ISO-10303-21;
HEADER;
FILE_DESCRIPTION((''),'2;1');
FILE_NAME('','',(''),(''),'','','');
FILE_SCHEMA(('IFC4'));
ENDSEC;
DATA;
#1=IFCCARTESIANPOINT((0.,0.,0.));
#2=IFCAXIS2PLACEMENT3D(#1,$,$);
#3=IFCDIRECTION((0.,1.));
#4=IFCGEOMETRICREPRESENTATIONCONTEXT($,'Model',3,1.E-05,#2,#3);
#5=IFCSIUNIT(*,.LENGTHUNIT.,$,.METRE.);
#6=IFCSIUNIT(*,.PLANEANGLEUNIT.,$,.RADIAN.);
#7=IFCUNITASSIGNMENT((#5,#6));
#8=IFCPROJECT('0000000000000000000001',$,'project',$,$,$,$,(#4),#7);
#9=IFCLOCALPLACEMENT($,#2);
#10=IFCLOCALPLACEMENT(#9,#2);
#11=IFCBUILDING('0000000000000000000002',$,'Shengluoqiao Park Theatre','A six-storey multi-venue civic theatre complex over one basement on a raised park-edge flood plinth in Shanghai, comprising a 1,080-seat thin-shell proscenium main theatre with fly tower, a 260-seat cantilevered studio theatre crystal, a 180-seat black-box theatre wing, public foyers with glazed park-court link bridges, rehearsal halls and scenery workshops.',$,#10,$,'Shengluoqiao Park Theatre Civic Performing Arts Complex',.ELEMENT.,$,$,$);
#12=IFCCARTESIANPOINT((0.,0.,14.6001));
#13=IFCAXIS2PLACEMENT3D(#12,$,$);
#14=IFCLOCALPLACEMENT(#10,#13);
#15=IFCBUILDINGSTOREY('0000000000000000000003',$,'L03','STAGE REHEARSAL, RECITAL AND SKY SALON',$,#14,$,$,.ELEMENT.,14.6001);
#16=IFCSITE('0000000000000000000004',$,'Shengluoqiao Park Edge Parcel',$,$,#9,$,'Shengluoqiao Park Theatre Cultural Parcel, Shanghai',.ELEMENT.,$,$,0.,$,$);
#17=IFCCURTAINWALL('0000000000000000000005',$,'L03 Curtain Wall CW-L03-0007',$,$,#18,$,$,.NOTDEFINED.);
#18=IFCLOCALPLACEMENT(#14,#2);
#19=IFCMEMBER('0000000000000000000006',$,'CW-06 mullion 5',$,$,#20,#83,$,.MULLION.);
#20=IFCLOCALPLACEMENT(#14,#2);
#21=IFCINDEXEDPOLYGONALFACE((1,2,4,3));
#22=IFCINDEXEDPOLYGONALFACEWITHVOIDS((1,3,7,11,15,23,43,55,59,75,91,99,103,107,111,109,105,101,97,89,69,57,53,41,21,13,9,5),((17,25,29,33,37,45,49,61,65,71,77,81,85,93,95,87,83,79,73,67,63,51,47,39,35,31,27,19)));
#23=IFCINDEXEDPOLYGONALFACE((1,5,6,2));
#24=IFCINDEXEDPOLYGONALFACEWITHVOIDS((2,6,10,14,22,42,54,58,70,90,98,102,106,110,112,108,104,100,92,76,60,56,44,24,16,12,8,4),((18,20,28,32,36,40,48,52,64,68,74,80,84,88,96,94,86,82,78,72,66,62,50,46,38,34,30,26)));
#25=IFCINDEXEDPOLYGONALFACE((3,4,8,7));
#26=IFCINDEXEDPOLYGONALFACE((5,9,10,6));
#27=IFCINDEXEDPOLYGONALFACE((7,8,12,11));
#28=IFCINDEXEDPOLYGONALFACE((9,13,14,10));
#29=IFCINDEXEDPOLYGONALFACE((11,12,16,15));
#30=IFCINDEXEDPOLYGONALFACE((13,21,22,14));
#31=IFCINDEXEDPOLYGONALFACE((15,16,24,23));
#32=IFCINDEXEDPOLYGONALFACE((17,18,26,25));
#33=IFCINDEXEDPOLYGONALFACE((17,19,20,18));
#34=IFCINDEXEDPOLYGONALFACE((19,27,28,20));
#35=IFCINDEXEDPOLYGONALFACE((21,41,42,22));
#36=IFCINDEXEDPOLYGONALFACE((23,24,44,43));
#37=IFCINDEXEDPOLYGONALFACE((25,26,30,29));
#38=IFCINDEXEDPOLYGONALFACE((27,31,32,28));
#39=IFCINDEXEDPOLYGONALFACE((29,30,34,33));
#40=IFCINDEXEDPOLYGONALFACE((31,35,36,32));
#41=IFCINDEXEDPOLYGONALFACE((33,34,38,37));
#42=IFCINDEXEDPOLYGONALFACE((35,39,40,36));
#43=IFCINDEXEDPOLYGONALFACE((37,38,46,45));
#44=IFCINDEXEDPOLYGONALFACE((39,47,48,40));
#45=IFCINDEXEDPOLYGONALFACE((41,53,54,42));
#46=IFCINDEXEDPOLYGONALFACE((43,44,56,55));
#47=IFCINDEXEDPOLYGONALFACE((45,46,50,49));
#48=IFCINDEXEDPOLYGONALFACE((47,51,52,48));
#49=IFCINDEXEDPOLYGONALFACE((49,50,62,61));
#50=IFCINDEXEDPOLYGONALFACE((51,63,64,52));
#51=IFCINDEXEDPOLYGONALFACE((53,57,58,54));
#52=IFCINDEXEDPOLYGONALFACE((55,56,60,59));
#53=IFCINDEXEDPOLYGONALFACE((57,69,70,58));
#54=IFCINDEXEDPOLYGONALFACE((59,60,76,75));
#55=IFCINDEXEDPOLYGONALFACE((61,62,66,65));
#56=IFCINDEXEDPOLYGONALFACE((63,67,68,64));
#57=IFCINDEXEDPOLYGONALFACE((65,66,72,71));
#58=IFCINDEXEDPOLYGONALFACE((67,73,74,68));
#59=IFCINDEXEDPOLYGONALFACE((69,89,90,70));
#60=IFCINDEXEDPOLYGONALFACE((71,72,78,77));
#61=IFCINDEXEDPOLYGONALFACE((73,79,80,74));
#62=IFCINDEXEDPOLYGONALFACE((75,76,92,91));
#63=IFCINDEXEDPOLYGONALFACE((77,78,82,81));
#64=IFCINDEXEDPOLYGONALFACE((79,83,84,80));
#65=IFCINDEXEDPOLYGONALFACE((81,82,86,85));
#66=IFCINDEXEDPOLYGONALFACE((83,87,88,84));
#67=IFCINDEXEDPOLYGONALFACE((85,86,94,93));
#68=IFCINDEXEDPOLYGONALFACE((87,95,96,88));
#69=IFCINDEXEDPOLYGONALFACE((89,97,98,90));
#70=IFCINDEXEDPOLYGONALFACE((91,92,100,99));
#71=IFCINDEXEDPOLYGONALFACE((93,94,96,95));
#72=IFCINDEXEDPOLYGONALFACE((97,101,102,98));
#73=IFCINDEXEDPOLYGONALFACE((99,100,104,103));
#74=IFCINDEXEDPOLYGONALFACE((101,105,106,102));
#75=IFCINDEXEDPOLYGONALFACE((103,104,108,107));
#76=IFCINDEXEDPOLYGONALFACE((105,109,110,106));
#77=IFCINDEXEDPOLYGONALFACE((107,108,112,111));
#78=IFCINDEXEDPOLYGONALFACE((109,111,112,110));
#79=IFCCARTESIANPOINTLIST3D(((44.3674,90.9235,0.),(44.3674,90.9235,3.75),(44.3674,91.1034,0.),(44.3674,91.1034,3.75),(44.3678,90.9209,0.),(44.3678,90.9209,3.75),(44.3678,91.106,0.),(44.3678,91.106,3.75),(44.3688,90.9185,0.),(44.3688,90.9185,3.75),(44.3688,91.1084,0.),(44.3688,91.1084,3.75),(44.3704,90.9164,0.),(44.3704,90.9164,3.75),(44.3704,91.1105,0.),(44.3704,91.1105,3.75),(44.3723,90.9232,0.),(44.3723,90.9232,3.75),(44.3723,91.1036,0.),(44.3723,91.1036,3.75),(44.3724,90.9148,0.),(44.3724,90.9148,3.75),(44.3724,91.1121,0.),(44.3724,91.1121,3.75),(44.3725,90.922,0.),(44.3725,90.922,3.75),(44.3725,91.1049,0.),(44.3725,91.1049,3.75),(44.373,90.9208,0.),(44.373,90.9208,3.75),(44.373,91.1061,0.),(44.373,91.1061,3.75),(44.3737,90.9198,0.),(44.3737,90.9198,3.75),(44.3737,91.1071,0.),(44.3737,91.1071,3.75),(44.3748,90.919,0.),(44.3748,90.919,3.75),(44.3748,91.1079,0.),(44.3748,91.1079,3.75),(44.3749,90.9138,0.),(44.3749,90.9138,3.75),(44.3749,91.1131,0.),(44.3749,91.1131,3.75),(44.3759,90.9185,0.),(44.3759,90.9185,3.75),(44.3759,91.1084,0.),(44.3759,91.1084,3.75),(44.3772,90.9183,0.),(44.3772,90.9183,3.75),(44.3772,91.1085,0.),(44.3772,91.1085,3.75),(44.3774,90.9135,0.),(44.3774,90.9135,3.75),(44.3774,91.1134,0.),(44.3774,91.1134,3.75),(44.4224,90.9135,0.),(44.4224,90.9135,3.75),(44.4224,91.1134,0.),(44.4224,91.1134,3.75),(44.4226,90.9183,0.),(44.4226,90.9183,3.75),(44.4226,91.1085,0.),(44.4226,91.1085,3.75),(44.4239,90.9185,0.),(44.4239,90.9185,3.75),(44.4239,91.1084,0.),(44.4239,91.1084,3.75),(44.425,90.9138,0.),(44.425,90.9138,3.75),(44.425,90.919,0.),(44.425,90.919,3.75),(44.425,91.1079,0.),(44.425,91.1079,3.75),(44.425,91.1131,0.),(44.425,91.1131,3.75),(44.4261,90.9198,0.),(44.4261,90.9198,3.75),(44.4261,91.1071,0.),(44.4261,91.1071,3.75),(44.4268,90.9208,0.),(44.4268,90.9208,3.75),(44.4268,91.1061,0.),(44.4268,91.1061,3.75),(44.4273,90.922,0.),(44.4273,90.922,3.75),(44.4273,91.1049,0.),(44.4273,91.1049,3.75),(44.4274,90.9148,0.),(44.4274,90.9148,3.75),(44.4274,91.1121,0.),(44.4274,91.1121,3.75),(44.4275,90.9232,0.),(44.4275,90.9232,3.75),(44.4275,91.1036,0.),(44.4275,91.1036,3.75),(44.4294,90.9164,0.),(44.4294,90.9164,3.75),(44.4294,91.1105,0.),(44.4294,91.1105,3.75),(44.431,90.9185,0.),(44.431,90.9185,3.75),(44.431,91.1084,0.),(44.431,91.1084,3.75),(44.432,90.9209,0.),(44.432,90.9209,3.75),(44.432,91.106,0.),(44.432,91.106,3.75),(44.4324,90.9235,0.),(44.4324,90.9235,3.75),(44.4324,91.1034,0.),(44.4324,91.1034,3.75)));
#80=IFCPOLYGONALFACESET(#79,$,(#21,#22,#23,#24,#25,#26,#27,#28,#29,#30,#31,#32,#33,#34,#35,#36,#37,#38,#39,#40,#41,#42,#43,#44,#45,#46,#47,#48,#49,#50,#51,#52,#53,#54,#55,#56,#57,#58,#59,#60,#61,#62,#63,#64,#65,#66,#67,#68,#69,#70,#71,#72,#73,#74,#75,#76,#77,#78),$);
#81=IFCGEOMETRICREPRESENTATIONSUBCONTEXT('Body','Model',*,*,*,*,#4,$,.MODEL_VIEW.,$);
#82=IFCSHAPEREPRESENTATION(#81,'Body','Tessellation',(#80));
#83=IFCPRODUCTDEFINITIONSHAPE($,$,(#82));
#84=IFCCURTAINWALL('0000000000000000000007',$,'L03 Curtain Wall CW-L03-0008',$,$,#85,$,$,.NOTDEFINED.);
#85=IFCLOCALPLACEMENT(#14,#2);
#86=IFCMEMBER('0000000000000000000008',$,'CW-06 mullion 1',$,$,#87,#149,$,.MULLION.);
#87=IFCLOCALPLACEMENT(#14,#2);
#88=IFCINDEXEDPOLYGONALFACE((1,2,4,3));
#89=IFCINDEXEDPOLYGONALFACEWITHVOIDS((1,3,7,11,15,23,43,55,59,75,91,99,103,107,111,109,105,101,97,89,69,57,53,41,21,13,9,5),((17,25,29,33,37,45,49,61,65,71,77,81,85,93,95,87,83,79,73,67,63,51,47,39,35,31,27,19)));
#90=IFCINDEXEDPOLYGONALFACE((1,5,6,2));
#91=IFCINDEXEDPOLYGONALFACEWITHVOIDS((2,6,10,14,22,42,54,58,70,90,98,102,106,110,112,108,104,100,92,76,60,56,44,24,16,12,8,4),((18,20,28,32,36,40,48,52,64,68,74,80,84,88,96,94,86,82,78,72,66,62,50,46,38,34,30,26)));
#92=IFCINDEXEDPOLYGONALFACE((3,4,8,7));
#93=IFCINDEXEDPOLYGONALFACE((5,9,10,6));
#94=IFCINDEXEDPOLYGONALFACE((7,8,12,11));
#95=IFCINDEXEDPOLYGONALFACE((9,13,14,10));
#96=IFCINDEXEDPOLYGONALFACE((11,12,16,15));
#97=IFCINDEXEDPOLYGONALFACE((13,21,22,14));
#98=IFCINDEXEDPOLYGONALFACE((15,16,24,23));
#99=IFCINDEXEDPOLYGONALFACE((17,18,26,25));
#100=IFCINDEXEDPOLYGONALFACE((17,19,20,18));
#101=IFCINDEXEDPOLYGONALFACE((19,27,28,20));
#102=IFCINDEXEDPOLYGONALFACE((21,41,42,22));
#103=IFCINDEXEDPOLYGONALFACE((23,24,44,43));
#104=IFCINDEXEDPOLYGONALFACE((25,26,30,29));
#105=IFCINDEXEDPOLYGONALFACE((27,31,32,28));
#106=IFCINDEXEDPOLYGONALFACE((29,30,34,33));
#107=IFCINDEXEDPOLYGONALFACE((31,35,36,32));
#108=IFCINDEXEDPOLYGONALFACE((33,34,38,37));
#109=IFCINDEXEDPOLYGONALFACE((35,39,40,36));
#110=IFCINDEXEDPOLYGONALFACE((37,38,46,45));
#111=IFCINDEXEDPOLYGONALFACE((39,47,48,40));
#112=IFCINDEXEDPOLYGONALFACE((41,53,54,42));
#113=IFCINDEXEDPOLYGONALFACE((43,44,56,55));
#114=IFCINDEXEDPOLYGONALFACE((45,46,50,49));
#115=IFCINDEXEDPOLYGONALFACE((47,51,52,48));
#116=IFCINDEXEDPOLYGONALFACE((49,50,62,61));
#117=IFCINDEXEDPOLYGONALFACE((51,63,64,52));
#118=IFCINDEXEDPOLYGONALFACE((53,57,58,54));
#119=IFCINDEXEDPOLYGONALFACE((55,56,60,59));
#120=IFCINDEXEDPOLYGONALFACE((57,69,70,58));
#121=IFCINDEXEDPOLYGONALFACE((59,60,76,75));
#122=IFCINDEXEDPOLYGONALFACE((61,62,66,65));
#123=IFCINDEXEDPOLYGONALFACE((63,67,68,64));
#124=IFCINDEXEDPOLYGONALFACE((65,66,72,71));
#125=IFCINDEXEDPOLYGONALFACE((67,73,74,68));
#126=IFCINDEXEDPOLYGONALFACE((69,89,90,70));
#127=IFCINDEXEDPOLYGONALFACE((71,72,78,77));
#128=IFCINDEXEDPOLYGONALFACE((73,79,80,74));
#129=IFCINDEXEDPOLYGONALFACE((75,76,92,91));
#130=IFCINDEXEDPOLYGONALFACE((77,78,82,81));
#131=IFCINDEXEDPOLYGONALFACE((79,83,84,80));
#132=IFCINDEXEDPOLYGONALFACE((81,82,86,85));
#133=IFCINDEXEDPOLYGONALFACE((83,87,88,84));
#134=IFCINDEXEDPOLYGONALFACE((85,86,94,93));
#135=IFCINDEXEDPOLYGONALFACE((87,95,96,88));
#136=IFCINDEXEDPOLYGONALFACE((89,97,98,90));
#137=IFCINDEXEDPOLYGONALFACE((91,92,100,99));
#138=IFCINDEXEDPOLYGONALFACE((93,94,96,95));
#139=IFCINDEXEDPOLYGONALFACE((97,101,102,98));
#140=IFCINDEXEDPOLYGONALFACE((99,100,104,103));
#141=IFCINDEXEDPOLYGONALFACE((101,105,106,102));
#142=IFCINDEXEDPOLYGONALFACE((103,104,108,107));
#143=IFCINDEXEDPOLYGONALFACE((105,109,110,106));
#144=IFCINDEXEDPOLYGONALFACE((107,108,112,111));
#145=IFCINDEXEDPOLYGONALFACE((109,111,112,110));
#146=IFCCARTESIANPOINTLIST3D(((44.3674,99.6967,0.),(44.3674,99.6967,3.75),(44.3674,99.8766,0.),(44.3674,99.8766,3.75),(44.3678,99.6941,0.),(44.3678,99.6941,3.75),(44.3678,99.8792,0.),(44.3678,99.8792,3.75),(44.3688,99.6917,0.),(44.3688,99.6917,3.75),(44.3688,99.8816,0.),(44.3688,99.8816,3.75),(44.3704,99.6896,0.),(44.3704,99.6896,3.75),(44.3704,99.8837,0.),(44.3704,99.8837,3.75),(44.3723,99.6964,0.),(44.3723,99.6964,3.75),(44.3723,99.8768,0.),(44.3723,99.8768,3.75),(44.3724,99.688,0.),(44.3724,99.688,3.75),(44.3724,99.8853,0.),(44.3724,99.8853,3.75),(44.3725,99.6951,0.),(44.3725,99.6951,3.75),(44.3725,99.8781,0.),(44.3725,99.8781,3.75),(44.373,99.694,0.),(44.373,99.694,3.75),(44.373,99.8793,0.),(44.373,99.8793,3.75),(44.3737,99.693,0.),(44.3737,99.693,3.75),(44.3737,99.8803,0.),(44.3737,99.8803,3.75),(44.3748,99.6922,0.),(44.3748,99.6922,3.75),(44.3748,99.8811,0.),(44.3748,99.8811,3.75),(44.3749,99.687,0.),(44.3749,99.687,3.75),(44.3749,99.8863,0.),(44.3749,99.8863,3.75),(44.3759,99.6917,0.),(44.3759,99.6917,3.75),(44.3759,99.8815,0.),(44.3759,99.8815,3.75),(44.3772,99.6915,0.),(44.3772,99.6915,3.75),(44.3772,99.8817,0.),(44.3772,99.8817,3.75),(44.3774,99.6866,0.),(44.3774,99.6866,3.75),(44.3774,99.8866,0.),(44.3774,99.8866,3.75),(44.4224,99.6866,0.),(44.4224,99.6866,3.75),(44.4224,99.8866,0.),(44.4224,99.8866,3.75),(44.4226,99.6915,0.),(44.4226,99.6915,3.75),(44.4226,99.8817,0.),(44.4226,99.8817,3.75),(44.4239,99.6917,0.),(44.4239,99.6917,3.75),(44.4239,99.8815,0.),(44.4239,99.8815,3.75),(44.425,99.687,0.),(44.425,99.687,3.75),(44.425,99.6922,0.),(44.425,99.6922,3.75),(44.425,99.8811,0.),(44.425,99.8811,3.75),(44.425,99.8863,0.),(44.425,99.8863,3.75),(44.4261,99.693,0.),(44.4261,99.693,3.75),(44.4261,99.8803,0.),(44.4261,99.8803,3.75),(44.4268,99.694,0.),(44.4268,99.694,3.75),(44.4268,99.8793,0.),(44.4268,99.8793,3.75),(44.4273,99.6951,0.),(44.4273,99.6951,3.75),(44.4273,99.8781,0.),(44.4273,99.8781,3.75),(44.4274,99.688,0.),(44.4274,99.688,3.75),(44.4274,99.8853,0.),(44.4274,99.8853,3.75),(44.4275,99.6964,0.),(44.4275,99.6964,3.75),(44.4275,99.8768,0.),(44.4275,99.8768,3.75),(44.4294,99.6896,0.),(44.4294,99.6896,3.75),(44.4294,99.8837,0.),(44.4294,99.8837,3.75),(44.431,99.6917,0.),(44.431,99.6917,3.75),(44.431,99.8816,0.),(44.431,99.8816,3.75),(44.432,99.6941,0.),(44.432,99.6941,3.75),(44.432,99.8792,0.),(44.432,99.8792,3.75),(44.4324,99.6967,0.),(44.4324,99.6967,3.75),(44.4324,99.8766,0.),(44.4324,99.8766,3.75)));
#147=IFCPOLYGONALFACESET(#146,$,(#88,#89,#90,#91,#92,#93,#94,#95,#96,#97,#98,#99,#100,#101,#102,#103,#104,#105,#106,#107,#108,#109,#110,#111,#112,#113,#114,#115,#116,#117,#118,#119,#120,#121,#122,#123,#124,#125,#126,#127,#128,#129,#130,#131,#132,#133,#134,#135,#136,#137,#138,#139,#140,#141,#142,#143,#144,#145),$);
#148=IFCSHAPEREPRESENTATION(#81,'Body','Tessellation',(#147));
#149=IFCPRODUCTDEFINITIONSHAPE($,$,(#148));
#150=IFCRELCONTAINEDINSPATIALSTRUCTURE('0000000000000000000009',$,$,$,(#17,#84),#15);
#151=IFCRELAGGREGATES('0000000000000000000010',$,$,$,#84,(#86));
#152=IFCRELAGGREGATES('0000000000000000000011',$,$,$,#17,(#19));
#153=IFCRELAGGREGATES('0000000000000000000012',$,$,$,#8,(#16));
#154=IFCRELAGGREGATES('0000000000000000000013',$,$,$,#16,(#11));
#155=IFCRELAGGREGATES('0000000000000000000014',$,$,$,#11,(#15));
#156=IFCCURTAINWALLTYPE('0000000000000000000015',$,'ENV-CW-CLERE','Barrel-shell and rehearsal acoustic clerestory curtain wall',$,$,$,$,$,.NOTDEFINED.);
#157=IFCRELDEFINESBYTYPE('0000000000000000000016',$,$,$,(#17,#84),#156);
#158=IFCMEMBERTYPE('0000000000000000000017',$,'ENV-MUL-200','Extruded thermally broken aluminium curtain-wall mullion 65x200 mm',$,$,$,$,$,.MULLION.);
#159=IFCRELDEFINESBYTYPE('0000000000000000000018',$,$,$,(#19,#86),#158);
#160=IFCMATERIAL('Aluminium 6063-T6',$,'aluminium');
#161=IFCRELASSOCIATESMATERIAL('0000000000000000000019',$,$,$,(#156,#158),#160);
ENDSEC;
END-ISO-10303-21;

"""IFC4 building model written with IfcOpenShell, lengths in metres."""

from ifc_helpers import new_model, si_unit, direction, frame, origin, origin_2d, place, context, subcontext, project, spatial, hollow_rectangle, extrude, material, material_profile, profile_set, type_object, element, aggregate, save


model = new_model("IFC4")

# Units and contexts
model_context = context("Model", 3, precision=1e-05, world=origin(), true_north=direction((0.0, 1.0)))
body_context = subcontext(model_context, "Body", "Model", "MODEL_VIEW")
ifc_project = project(units=[si_unit("LENGTHUNIT", "METRE"), si_unit("PLANEANGLEUNIT", "RADIAN")], contexts=[model_context])

# Site, building, storey
site_placement = place(None, origin())
site = spatial("IfcSite", under=ifc_project, at=site_placement, Name="Shengluoqiao Park Edge Parcel", LongName="Shengluoqiao Park Theatre Cultural Parcel, Shanghai", CompositionType="ELEMENT", RefElevation=0.0)
building_placement = place(site_placement, origin())
building = spatial("IfcBuilding", under=site, at=building_placement, Name="Shengluoqiao Park Theatre", Description="A six-storey multi-venue civic theatre complex over one basement on a raised park-edge flood plinth in Shanghai, comprising a 1,080-seat thin-shell proscenium main theatre with fly tower, a 260-seat cantilevered studio theatre crystal, a 180-seat black-box theatre wing, public foyers with glazed park-court link bridges, rehearsal halls and scenery workshops.", LongName="Shengluoqiao Park Theatre Civic Performing Arts Complex", CompositionType="ELEMENT")
storey_placement = place(building_placement, frame((0.0, 0.0, 14.6001)))
storey = spatial("IfcBuildingStorey", under=building, at=storey_placement, Name="L03", Description="STAGE REHEARSAL, RECITAL AND SKY SALON", CompositionType="ELEMENT", Elevation=14.6001)

# Curtain wall, member
ifc_material_1 = material(Name="Aluminium 6063-T6", Category="aluminium")
curtain_wall_type = type_object("IfcCurtainWallType", Name="ENV-CW-CLERE", Description="Barrel-shell and rehearsal acoustic clerestory curtain wall", PredefinedType="NOTDEFINED", material=ifc_material_1)
curtain_wall_1_placement = place(storey_placement, origin())
curtain_wall_1 = element("IfcCurtainWall", 1, at=curtain_wall_1_placement, inside=storey, type_object=curtain_wall_type, Name="L03 Curtain Wall CW-L03-0007", PredefinedType="NOTDEFINED")
ifc_material_profile_1 = material_profile(ifc_material_1, hollow_rectangle(XDim=0.0649, YDim=0.2, WallThickness=0.0049, InnerFilletRadius=0.0049, OuterFilletRadius=0.01, at=origin_2d()), Name="ALU MULLION 200x65x5")
ifc_profile_set_1 = profile_set([ifc_material_profile_1], Name="Aluminium 6063-T6")
member_type_1 = type_object("IfcMemberType", Name="ENV-MUL-200", Description="Extruded thermally broken aluminium curtain-wall mullion 65x200 mm", PredefinedType="MULLION", material=ifc_profile_set_1)
member_1_placement = place(storey_placement, frame((44.3999, 91.0134, 0.0), z_axis=(0.0, 0.0, 1.0), x_axis=(-1.0, 0.0, 0.0)))
member_1 = element("IfcMember", 2, at=member_1_placement, type_object=member_type_1, Name="CW-06 mullion 5", PredefinedType="MULLION", context=body_context, shape_type="SweptSolid", body=[
    extrude(hollow_rectangle(XDim=0.0649, YDim=0.2, WallThickness=0.0049, InnerFilletRadius=0.0049, OuterFilletRadius=0.01, at=origin_2d()), origin(), (0.0, 0.0, 1.0), 3.75),
])

# Curtain wall, member
curtain_wall_2_placement = place(storey_placement, origin())
curtain_wall_2 = element("IfcCurtainWall", 3, at=curtain_wall_2_placement, inside=storey, type_object=curtain_wall_type, Name="L03 Curtain Wall CW-L03-0008", PredefinedType="NOTDEFINED")
member_2_placement = place(storey_placement, frame((44.3999, 99.7866, 0.0), z_axis=(0.0, 0.0, 1.0), x_axis=(-1.0, 0.0, 0.0)))
member_2 = element("IfcMember", 4, at=member_2_placement, type_object=member_type_1, Name="CW-06 mullion 1", PredefinedType="MULLION", context=body_context, shape_type="SweptSolid", body=[
    extrude(hollow_rectangle(XDim=0.0649, YDim=0.2, WallThickness=0.0049, InnerFilletRadius=0.0049, OuterFilletRadius=0.01, at=origin_2d()), origin(), (0.0, 0.0, 1.0), 3.75),
])

aggregate(curtain_wall_2, [member_2])

aggregate(curtain_wall_1, [member_1])

save(model, "model.ifc")
